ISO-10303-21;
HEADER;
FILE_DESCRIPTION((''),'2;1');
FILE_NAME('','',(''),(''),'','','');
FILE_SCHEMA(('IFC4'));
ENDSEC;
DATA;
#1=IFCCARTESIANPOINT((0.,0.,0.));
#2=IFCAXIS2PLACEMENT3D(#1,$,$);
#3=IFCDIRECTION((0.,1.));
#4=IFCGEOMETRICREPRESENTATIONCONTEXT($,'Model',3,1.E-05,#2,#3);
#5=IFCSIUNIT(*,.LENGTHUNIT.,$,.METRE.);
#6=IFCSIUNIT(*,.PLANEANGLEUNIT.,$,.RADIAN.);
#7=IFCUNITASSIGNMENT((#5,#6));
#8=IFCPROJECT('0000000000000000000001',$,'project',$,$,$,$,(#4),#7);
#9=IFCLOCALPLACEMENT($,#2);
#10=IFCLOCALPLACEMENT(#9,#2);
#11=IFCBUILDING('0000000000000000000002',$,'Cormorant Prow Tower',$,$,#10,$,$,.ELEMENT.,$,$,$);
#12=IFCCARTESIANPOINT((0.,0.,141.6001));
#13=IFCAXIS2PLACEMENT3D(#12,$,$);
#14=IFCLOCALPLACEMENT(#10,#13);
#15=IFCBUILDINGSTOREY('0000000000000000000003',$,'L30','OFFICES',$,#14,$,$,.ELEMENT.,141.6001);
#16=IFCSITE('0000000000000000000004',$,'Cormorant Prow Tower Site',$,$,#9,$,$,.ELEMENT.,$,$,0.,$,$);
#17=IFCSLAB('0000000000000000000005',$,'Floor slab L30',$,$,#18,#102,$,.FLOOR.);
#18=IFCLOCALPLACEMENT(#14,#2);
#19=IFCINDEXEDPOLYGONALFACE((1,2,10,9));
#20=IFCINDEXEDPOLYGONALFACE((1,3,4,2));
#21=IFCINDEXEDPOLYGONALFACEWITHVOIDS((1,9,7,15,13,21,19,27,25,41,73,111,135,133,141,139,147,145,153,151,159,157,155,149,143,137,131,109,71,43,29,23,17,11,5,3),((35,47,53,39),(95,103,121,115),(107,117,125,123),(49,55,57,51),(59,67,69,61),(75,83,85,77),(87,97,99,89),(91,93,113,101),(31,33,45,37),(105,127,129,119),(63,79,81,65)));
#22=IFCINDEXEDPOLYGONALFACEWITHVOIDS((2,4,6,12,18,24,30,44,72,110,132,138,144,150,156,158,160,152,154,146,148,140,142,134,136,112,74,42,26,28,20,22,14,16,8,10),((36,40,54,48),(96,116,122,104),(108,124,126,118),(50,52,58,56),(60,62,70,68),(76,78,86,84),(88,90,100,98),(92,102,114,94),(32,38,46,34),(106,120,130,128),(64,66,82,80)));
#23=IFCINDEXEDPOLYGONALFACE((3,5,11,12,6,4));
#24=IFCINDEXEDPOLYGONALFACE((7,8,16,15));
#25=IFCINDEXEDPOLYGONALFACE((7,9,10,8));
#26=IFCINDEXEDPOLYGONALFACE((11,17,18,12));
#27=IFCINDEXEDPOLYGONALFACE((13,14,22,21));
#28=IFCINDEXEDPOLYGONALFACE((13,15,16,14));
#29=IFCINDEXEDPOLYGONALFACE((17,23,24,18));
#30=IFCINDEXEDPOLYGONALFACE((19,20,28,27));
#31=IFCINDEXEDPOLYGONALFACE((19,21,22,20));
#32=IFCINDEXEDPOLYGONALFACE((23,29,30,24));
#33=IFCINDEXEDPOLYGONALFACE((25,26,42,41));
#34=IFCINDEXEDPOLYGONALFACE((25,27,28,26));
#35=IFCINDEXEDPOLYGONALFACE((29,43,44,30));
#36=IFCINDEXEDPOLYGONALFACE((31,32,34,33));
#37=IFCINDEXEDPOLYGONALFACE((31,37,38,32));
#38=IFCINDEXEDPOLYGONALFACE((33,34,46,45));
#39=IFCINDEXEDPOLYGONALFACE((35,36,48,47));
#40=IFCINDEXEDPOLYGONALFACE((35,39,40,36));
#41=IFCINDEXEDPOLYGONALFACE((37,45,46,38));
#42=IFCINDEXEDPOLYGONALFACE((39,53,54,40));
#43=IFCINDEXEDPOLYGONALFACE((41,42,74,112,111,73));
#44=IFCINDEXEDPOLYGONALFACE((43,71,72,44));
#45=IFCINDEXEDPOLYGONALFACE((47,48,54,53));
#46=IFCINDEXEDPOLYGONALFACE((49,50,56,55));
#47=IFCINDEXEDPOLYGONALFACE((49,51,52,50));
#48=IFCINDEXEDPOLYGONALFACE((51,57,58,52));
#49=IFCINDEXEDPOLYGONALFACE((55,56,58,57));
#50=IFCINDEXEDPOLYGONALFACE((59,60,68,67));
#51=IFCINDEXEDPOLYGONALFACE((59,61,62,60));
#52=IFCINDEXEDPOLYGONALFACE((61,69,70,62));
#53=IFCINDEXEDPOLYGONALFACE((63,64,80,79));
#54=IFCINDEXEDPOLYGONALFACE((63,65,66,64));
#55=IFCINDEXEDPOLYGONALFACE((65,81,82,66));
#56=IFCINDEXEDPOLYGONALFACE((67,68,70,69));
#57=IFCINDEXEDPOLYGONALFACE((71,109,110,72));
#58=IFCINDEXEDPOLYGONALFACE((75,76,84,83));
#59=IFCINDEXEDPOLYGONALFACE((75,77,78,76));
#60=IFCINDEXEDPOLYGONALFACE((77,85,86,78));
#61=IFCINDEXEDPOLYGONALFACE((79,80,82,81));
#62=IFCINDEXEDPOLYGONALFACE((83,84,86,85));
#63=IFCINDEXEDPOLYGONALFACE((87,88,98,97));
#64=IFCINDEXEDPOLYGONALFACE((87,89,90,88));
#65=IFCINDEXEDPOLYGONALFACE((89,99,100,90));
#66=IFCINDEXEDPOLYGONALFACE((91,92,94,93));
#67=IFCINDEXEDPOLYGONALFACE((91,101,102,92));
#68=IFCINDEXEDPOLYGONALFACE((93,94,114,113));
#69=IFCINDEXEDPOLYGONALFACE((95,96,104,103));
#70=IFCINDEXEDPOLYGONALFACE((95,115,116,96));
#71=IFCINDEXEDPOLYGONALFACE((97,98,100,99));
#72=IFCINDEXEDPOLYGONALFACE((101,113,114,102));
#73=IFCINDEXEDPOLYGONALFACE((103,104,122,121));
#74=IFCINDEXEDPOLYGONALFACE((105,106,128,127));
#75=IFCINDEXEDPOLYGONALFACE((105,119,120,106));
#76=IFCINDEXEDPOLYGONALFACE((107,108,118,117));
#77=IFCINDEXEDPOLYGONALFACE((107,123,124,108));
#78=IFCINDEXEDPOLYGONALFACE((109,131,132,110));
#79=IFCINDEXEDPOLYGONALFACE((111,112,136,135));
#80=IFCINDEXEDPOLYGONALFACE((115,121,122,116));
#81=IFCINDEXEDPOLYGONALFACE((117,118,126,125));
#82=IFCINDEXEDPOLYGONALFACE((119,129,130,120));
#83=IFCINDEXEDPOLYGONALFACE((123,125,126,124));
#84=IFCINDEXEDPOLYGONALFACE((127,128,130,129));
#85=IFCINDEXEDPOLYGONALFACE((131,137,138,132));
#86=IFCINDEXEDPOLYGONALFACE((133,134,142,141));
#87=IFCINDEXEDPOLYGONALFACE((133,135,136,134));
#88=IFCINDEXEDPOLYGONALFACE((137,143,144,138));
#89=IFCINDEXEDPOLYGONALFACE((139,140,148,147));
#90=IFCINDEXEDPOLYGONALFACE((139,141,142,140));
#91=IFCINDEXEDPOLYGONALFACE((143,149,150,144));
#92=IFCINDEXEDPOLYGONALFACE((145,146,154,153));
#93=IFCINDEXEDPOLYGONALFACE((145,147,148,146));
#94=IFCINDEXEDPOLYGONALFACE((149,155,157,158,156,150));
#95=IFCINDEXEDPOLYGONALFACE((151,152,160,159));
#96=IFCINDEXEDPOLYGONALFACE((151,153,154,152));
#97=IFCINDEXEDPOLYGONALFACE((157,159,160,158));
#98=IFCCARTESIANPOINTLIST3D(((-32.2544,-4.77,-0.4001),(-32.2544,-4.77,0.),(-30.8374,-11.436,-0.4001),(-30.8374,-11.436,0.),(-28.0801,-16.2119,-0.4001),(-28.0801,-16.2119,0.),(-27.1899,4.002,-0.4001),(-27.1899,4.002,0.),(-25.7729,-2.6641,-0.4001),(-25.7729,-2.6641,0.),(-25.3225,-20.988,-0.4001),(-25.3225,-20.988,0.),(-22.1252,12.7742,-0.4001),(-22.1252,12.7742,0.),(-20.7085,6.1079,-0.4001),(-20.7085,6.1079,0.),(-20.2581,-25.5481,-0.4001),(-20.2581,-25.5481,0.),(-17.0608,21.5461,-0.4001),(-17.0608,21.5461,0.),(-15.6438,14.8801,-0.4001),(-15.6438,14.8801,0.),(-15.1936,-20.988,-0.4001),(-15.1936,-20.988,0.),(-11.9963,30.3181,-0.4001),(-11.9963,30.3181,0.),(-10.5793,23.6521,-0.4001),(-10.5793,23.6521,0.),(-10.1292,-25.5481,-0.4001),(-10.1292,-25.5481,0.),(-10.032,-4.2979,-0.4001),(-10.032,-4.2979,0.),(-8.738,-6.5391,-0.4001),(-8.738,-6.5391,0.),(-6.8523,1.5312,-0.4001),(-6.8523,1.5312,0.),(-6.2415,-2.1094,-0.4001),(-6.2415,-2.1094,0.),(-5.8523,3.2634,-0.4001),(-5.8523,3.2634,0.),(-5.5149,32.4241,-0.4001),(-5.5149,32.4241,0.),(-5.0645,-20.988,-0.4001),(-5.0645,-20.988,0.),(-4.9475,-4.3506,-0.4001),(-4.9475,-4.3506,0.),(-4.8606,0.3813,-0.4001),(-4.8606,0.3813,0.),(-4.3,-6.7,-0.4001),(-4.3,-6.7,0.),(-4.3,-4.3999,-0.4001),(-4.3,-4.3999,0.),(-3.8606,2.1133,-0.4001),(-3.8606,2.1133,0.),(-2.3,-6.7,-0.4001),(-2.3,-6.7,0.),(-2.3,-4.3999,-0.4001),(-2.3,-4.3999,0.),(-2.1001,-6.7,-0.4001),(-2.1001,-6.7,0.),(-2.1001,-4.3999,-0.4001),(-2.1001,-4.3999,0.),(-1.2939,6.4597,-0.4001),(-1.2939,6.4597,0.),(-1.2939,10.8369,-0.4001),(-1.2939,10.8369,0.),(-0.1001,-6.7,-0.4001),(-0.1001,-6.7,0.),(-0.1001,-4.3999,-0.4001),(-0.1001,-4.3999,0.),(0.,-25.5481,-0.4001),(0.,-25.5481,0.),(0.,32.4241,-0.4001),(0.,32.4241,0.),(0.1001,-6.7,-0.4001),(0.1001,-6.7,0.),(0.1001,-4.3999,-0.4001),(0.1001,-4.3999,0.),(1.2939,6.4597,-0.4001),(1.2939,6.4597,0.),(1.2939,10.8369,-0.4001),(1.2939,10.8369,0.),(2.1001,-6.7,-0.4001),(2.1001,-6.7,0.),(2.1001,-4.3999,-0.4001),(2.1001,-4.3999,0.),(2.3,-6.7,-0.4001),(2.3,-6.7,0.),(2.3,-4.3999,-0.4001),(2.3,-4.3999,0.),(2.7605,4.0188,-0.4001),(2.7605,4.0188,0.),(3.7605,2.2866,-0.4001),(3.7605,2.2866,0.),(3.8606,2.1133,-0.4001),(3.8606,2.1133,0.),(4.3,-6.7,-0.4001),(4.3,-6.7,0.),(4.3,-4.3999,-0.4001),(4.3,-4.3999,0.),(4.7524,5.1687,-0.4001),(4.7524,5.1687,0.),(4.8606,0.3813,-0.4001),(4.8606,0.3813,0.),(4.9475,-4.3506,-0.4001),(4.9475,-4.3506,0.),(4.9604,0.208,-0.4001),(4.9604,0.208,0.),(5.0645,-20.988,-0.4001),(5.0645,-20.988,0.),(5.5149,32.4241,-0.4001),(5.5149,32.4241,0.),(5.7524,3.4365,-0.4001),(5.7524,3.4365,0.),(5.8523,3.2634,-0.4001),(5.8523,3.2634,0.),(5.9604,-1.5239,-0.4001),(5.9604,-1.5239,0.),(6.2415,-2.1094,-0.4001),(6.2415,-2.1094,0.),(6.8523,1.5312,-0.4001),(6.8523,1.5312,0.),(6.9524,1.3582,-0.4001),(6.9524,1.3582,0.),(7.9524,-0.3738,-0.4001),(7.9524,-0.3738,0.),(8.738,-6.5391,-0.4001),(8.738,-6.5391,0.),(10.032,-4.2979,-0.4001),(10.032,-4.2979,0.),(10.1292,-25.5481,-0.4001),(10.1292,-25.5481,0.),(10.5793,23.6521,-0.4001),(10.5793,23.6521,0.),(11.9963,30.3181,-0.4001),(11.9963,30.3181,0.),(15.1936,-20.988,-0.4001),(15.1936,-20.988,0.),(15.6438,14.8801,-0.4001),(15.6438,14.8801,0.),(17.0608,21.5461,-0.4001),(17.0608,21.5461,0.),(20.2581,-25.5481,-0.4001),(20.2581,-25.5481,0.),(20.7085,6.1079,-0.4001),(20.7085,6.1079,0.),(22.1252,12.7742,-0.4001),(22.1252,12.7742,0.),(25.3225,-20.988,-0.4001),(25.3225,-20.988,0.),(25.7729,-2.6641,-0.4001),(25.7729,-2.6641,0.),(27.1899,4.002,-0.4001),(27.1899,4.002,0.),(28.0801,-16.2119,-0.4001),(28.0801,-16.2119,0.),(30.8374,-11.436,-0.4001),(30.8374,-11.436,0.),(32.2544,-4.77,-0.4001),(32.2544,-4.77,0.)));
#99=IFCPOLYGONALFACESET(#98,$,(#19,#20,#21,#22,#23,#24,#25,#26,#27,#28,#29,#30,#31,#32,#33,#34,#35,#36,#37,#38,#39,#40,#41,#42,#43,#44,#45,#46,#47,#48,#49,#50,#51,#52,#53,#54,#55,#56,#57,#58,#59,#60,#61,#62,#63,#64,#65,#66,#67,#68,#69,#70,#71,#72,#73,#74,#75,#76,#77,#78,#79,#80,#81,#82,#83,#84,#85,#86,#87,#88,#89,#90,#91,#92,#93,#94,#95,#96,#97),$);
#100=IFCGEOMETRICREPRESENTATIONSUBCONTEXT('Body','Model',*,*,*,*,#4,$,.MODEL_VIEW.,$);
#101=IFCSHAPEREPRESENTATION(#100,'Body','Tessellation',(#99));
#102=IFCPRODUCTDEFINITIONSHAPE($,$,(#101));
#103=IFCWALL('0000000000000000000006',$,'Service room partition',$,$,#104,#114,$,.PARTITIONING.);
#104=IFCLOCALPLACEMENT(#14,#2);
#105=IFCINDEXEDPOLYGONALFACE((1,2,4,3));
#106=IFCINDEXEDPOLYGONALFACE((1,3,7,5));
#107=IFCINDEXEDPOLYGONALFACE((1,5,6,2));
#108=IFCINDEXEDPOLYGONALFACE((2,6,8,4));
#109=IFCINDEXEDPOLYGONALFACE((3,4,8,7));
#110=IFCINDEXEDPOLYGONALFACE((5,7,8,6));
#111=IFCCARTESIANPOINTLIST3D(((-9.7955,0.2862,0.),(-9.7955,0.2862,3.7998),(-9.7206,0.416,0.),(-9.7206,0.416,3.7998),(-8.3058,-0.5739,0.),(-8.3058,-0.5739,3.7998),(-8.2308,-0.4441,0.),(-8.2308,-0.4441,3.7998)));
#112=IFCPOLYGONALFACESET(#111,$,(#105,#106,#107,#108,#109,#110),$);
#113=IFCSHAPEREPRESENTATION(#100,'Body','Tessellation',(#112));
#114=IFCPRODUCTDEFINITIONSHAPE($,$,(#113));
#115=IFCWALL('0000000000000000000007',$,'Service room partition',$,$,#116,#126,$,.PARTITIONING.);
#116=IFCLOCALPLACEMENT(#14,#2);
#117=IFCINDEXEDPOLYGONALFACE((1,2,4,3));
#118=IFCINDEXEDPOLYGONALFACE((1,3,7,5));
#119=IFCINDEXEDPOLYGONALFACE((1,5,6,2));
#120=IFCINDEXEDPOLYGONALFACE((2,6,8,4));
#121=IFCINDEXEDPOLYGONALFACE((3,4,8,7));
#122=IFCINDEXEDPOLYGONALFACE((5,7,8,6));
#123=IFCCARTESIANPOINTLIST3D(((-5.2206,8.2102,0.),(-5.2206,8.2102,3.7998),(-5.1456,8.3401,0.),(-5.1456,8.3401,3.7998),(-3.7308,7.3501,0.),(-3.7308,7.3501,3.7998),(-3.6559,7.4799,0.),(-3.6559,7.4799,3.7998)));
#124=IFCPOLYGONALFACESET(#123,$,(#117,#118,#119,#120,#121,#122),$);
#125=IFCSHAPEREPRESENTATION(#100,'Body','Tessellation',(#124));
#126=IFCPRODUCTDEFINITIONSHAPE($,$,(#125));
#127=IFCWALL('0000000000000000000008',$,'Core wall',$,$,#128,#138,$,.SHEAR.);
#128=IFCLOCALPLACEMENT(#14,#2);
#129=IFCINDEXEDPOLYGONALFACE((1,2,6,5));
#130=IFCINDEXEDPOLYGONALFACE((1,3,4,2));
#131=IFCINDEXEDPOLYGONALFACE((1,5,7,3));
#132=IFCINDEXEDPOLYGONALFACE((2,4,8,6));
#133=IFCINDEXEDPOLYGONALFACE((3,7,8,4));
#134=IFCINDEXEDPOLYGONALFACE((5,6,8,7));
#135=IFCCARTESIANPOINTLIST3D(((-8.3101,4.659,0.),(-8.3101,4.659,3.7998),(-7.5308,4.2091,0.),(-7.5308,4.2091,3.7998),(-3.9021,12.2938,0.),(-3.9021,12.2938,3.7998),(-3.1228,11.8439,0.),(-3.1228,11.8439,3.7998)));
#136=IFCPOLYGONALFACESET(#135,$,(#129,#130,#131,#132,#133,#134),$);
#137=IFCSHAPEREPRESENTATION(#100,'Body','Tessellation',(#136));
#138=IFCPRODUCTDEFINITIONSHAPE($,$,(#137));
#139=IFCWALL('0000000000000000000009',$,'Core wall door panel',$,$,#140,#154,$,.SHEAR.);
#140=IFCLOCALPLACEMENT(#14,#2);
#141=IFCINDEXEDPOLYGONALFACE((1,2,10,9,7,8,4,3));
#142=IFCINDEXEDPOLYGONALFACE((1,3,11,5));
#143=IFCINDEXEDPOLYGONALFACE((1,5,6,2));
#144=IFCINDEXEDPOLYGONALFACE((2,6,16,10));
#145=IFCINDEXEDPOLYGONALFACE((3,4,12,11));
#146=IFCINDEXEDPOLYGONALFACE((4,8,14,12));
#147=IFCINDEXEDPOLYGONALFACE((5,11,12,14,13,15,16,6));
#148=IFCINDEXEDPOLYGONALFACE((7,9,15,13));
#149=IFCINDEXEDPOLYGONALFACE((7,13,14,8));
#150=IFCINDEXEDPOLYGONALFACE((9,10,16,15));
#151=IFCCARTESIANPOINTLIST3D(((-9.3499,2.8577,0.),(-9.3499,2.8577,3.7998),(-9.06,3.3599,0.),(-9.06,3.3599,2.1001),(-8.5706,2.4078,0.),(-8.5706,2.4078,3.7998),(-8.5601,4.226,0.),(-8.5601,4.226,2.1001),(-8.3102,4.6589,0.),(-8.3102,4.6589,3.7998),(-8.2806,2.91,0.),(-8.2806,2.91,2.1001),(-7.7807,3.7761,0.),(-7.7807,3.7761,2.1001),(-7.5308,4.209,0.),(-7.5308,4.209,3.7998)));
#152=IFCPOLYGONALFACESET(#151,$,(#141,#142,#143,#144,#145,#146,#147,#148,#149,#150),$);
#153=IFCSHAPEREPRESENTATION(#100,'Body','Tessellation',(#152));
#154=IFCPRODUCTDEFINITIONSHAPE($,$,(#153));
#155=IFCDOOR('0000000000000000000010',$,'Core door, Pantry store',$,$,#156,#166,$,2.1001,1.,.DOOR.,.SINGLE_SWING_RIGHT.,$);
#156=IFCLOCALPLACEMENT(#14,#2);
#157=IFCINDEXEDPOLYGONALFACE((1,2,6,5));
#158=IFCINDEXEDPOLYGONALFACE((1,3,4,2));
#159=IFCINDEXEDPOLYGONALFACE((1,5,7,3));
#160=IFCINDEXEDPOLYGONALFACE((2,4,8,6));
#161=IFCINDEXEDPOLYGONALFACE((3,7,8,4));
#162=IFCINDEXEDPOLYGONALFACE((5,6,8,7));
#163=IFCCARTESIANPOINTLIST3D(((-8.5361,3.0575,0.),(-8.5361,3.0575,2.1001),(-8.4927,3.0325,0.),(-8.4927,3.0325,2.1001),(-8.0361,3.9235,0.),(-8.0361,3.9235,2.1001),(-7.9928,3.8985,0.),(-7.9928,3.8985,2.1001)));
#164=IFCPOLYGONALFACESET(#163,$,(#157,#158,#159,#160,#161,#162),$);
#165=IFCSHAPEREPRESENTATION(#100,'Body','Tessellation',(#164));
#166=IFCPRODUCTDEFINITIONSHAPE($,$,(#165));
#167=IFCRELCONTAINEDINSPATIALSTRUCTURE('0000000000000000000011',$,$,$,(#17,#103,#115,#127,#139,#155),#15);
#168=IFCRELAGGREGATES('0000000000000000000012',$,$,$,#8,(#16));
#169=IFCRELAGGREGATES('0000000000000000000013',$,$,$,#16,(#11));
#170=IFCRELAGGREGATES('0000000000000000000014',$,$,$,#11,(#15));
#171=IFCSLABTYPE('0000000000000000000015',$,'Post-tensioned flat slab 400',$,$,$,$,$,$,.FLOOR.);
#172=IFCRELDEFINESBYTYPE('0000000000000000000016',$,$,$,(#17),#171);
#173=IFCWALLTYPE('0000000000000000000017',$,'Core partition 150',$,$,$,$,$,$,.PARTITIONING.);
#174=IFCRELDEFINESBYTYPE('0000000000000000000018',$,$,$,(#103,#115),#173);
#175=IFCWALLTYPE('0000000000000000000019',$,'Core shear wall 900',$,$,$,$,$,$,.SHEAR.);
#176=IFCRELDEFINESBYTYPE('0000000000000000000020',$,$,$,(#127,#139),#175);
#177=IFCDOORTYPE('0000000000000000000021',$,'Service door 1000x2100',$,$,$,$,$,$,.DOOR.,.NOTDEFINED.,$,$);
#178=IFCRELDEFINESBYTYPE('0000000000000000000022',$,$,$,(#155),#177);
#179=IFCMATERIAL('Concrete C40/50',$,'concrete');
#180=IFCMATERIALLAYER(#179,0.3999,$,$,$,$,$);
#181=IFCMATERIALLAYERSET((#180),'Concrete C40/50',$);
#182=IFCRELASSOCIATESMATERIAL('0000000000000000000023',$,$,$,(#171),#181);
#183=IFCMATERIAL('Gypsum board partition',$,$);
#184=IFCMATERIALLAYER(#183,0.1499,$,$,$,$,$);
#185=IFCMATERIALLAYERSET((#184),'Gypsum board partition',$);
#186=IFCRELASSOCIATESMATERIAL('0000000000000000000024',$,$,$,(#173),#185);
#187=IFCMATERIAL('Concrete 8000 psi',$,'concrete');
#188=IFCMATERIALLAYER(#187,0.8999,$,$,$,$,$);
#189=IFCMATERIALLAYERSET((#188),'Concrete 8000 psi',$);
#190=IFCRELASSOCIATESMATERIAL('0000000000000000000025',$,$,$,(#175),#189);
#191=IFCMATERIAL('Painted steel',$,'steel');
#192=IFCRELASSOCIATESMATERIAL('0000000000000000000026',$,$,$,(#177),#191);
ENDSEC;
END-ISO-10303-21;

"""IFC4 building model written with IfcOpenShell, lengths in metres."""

from ifc_helpers import new_model, si_unit, direction, frame, frame_2d, origin, place, context, subcontext, project, spatial, polyline, rectangle, outline, extrude, material, layer, layer_set, type_object, element, fill, save


model = new_model("IFC4")

# Units and contexts
model_context = context("Model", 3, precision=1e-05, world=origin(), true_north=direction((0.0, 1.0)))
body_context = subcontext(model_context, "Body", "Model", "MODEL_VIEW")
ifc_project = project(units=[si_unit("LENGTHUNIT", "METRE"), si_unit("PLANEANGLEUNIT", "RADIAN")], contexts=[model_context])

# Site, building, storey
site_placement = place(None, origin())
site = spatial("IfcSite", under=ifc_project, at=site_placement, Name="Cormorant Prow Tower Site", CompositionType="ELEMENT", RefElevation=0.0)
building_placement = place(site_placement, origin())
building = spatial("IfcBuilding", under=site, at=building_placement, Name="Cormorant Prow Tower", CompositionType="ELEMENT")
storey_placement = place(building_placement, frame((0.0, 0.0, 141.6001)))
storey = spatial("IfcBuildingStorey", under=building, at=storey_placement, Name="L30", Description="OFFICES", CompositionType="ELEMENT", Elevation=141.6001)

# Slab
ifc_material_1 = material(Name="Concrete C40/50", Category="concrete")
ifc_layer_1 = layer(ifc_material_1, 0.3999)
ifc_layer_set_1 = layer_set([ifc_layer_1], Name="Concrete C40/50")
slab_type_1 = type_object("IfcSlabType", Name="Post-tensioned flat slab 400", PredefinedType="FLOOR", material=ifc_layer_set_1)
slab_1_placement = place(storey_placement, frame((0.0, 0.0, -0.4001)))
element("IfcSlab", 1, at=slab_1_placement, inside=storey, type_object=slab_type_1, Name="Floor slab L30", PredefinedType="FLOOR", context=body_context, shape_type="SweptSolid", body=[
    extrude(outline(polyline([(-11.9963, 30.3181), (-10.5793, 23.6521), (-17.0608, 21.5461), (-15.6438, 14.8801), (-22.1252, 12.7742), (-20.7085, 6.1079), (-27.1899, 4.002), (-25.7729, -2.6641), (-32.2544, -4.77), (-30.8374, -11.436), (-28.0801, -16.2119), (-25.3225, -20.988), (-20.2581, -25.5481), (-15.1936, -20.988), (-10.1292, -25.5481), (-5.0645, -20.988), (0.0, -25.5481), (5.0645, -20.988), (10.1292, -25.5481), (15.1936, -20.988), (20.2581, -25.5481), (25.3225, -20.988), (28.0801, -16.2119), (30.8374, -11.436), (32.2544, -4.77), (25.7729, -2.6641), (27.1899, 4.002), (20.7085, 6.1079), (22.1252, 12.7742), (15.6438, 14.8801), (17.0608, 21.5461), (10.5793, 23.6521), (11.9963, 30.3181), (5.5149, 32.4241), (0.0, 32.4241), (-5.5149, 32.4241), (-11.9963, 30.3181)]), holes=[polyline([(-4.3, -6.7), (-4.3, -4.3999), (-2.3, -4.3999), (-2.3, -6.7), (-4.3, -6.7)]), polyline([(-2.1001, -4.3999), (-0.1001, -4.3999), (-0.1001, -6.7), (-2.1001, -6.7), (-2.1001, -4.3999)]), polyline([(2.1001, -4.3999), (2.1001, -6.7), (0.1001, -6.7), (0.1001, -4.3999), (2.1001, -4.3999)]), polyline([(4.3, -6.7), (2.3, -6.7), (2.3, -4.3999), (4.3, -4.3999), (4.3, -6.7)]), polyline([(7.9524, -0.3738), (5.9604, -1.5239), (4.9604, 0.208), (6.9524, 1.3582), (7.9524, -0.3738)]), polyline([(4.8606, 0.3813), (3.8606, 2.1133), (5.8523, 3.2634), (6.8523, 1.5312), (4.8606, 0.3813)]), polyline([(2.7605, 4.0188), (4.7524, 5.1687), (5.7524, 3.4365), (3.7605, 2.2866), (2.7605, 4.0188)]), polyline([(-6.8523, 1.5312), (-5.8523, 3.2634), (-3.8606, 2.1133), (-4.8606, 0.3813), (-6.8523, 1.5312)]), polyline([(-4.9475, -4.3506), (-8.738, -6.5391), (-10.032, -4.2979), (-6.2415, -2.1094), (-4.9475, -4.3506)]), polyline([(10.032, -4.2979), (8.738, -6.5391), (4.9475, -4.3506), (6.2415, -2.1094), (10.032, -4.2979)]), polyline([(1.2939, 10.8369), (1.2939, 6.4597), (-1.2939, 6.4597), (-1.2939, 10.8369), (1.2939, 10.8369)])]), origin(), (0.0, 0.0, 1.0), 0.4001),
])

# Walls
ifc_material_2 = material(Name="Gypsum board partition")
ifc_layer_2 = layer(ifc_material_2, 0.1499)
ifc_layer_set_2 = layer_set([ifc_layer_2], Name="Gypsum board partition")
wall_type_1 = type_object("IfcWallType", Name="Core partition 150", PredefinedType="PARTITIONING", material=ifc_layer_set_2)
for number, where, z_axis, x_axis, name in (
    (2, (-8.2683, -0.509, 0.0), (0.0, 0.0, 1.0), (-0.866025, 0.500001, 0.0), "Service room partition"),
    (3, (-3.6934, 7.415, 0.0), (0.0, 0.0, 1.0), (-0.866025, 0.500001, 0.0), "Service room partition"),
):
    element("IfcWall", number, at=place(storey_placement, frame(where, z_axis=z_axis, x_axis=x_axis)), inside=storey, type_object=wall_type_1, Name=name, PredefinedType="PARTITIONING", context=body_context, shape_type="SweptSolid", body=[
        extrude(rectangle(XDim=1.7202, YDim=0.1499, at=frame_2d((0.8601, 0.0))), origin(), (0.0, 0.0, 1.0), 3.7998),
    ])
ifc_material_3 = material(Name="Concrete 8000 psi", Category="concrete")
ifc_layer_3 = layer(ifc_material_3, 0.8999)
ifc_layer_set_3 = layer_set([ifc_layer_3], Name="Concrete 8000 psi")
wall_type_2 = type_object("IfcWallType", Name="Core shear wall 900", PredefinedType="SHEAR", material=ifc_layer_set_3)
wall_1_placement = place(storey_placement, frame((-3.5125, 12.0688, 0.0), z_axis=(0.0, 0.0, 1.0), x_axis=(-0.500002, -0.866024, 0.0)))
element("IfcWall", 4, at=wall_1_placement, inside=storey, type_object=wall_type_2, Name="Core wall", PredefinedType="SHEAR", context=body_context, shape_type="SweptSolid", body=[
    extrude(rectangle(XDim=8.8159, YDim=0.8999, at=frame_2d((4.408, 0.0))), origin(), (0.0, 0.0, 1.0), 3.7998),
])

# Wall, opening, door
wall_2_placement = place(storey_placement, frame((-7.9204, 4.4341, 0.0), z_axis=(0.0, 0.0, 1.0), x_axis=(-0.499939, -0.86606, 0.0)))
wall_2 = element("IfcWall", 5, at=wall_2_placement, inside=storey, type_object=wall_type_2, Name="Core wall door panel", PredefinedType="SHEAR", context=body_context, shape_type="SweptSolid", body=[
    extrude(rectangle(XDim=2.0798, YDim=0.8999, at=frame_2d((1.04, 0.0))), origin(), (0.0, 0.0, 1.0), 3.7998),
])
opening_1_placement = place(wall_2_placement, frame((0.5, 0.0, 0.0)))
opening_1 = element("IfcOpeningElement", 6, at=opening_1_placement, cuts=wall_2, PredefinedType="OPENING", context=body_context, shape_type="SweptSolid", body=[
    extrude(rectangle(XDim=1.0, YDim=2.1001, at=frame_2d((0.5, 1.05))), frame((0.0, 0.46, 0.0), z_axis=(0.0, -1.0, 0.0), x_axis=(1.0, 0.0, 0.0)), (0.0, 0.0, 1.0), 0.9199),
])
ifc_material_4 = material(Name="Painted steel", Category="steel")
door_type_1 = type_object("IfcDoorType", Name="Service door 1000x2100", OperationType="NOTDEFINED", PredefinedType="DOOR", material=ifc_material_4)
door_1_placement = place(opening_1_placement, origin())
door_1 = element("IfcDoor", 7, at=door_1_placement, inside=storey, type_object=door_type_1, Name="Core door, Pantry store", OperationType="SINGLE_SWING_RIGHT", OverallHeight=2.1001, OverallWidth=1.0, PredefinedType="DOOR", context=body_context, shape_type="SweptSolid", body=[
    extrude(rectangle(XDim=1.0, YDim=2.1001, at=frame_2d((0.5, 1.05))), frame((0.0, 0.2051, 0.0), z_axis=(0.0, -1.0, 0.0), x_axis=(1.0, 0.0, 0.0)), (0.0, 0.0, 1.0), 0.05),
])
fill(opening_1, door_1)

save(model, "model.ifc")
